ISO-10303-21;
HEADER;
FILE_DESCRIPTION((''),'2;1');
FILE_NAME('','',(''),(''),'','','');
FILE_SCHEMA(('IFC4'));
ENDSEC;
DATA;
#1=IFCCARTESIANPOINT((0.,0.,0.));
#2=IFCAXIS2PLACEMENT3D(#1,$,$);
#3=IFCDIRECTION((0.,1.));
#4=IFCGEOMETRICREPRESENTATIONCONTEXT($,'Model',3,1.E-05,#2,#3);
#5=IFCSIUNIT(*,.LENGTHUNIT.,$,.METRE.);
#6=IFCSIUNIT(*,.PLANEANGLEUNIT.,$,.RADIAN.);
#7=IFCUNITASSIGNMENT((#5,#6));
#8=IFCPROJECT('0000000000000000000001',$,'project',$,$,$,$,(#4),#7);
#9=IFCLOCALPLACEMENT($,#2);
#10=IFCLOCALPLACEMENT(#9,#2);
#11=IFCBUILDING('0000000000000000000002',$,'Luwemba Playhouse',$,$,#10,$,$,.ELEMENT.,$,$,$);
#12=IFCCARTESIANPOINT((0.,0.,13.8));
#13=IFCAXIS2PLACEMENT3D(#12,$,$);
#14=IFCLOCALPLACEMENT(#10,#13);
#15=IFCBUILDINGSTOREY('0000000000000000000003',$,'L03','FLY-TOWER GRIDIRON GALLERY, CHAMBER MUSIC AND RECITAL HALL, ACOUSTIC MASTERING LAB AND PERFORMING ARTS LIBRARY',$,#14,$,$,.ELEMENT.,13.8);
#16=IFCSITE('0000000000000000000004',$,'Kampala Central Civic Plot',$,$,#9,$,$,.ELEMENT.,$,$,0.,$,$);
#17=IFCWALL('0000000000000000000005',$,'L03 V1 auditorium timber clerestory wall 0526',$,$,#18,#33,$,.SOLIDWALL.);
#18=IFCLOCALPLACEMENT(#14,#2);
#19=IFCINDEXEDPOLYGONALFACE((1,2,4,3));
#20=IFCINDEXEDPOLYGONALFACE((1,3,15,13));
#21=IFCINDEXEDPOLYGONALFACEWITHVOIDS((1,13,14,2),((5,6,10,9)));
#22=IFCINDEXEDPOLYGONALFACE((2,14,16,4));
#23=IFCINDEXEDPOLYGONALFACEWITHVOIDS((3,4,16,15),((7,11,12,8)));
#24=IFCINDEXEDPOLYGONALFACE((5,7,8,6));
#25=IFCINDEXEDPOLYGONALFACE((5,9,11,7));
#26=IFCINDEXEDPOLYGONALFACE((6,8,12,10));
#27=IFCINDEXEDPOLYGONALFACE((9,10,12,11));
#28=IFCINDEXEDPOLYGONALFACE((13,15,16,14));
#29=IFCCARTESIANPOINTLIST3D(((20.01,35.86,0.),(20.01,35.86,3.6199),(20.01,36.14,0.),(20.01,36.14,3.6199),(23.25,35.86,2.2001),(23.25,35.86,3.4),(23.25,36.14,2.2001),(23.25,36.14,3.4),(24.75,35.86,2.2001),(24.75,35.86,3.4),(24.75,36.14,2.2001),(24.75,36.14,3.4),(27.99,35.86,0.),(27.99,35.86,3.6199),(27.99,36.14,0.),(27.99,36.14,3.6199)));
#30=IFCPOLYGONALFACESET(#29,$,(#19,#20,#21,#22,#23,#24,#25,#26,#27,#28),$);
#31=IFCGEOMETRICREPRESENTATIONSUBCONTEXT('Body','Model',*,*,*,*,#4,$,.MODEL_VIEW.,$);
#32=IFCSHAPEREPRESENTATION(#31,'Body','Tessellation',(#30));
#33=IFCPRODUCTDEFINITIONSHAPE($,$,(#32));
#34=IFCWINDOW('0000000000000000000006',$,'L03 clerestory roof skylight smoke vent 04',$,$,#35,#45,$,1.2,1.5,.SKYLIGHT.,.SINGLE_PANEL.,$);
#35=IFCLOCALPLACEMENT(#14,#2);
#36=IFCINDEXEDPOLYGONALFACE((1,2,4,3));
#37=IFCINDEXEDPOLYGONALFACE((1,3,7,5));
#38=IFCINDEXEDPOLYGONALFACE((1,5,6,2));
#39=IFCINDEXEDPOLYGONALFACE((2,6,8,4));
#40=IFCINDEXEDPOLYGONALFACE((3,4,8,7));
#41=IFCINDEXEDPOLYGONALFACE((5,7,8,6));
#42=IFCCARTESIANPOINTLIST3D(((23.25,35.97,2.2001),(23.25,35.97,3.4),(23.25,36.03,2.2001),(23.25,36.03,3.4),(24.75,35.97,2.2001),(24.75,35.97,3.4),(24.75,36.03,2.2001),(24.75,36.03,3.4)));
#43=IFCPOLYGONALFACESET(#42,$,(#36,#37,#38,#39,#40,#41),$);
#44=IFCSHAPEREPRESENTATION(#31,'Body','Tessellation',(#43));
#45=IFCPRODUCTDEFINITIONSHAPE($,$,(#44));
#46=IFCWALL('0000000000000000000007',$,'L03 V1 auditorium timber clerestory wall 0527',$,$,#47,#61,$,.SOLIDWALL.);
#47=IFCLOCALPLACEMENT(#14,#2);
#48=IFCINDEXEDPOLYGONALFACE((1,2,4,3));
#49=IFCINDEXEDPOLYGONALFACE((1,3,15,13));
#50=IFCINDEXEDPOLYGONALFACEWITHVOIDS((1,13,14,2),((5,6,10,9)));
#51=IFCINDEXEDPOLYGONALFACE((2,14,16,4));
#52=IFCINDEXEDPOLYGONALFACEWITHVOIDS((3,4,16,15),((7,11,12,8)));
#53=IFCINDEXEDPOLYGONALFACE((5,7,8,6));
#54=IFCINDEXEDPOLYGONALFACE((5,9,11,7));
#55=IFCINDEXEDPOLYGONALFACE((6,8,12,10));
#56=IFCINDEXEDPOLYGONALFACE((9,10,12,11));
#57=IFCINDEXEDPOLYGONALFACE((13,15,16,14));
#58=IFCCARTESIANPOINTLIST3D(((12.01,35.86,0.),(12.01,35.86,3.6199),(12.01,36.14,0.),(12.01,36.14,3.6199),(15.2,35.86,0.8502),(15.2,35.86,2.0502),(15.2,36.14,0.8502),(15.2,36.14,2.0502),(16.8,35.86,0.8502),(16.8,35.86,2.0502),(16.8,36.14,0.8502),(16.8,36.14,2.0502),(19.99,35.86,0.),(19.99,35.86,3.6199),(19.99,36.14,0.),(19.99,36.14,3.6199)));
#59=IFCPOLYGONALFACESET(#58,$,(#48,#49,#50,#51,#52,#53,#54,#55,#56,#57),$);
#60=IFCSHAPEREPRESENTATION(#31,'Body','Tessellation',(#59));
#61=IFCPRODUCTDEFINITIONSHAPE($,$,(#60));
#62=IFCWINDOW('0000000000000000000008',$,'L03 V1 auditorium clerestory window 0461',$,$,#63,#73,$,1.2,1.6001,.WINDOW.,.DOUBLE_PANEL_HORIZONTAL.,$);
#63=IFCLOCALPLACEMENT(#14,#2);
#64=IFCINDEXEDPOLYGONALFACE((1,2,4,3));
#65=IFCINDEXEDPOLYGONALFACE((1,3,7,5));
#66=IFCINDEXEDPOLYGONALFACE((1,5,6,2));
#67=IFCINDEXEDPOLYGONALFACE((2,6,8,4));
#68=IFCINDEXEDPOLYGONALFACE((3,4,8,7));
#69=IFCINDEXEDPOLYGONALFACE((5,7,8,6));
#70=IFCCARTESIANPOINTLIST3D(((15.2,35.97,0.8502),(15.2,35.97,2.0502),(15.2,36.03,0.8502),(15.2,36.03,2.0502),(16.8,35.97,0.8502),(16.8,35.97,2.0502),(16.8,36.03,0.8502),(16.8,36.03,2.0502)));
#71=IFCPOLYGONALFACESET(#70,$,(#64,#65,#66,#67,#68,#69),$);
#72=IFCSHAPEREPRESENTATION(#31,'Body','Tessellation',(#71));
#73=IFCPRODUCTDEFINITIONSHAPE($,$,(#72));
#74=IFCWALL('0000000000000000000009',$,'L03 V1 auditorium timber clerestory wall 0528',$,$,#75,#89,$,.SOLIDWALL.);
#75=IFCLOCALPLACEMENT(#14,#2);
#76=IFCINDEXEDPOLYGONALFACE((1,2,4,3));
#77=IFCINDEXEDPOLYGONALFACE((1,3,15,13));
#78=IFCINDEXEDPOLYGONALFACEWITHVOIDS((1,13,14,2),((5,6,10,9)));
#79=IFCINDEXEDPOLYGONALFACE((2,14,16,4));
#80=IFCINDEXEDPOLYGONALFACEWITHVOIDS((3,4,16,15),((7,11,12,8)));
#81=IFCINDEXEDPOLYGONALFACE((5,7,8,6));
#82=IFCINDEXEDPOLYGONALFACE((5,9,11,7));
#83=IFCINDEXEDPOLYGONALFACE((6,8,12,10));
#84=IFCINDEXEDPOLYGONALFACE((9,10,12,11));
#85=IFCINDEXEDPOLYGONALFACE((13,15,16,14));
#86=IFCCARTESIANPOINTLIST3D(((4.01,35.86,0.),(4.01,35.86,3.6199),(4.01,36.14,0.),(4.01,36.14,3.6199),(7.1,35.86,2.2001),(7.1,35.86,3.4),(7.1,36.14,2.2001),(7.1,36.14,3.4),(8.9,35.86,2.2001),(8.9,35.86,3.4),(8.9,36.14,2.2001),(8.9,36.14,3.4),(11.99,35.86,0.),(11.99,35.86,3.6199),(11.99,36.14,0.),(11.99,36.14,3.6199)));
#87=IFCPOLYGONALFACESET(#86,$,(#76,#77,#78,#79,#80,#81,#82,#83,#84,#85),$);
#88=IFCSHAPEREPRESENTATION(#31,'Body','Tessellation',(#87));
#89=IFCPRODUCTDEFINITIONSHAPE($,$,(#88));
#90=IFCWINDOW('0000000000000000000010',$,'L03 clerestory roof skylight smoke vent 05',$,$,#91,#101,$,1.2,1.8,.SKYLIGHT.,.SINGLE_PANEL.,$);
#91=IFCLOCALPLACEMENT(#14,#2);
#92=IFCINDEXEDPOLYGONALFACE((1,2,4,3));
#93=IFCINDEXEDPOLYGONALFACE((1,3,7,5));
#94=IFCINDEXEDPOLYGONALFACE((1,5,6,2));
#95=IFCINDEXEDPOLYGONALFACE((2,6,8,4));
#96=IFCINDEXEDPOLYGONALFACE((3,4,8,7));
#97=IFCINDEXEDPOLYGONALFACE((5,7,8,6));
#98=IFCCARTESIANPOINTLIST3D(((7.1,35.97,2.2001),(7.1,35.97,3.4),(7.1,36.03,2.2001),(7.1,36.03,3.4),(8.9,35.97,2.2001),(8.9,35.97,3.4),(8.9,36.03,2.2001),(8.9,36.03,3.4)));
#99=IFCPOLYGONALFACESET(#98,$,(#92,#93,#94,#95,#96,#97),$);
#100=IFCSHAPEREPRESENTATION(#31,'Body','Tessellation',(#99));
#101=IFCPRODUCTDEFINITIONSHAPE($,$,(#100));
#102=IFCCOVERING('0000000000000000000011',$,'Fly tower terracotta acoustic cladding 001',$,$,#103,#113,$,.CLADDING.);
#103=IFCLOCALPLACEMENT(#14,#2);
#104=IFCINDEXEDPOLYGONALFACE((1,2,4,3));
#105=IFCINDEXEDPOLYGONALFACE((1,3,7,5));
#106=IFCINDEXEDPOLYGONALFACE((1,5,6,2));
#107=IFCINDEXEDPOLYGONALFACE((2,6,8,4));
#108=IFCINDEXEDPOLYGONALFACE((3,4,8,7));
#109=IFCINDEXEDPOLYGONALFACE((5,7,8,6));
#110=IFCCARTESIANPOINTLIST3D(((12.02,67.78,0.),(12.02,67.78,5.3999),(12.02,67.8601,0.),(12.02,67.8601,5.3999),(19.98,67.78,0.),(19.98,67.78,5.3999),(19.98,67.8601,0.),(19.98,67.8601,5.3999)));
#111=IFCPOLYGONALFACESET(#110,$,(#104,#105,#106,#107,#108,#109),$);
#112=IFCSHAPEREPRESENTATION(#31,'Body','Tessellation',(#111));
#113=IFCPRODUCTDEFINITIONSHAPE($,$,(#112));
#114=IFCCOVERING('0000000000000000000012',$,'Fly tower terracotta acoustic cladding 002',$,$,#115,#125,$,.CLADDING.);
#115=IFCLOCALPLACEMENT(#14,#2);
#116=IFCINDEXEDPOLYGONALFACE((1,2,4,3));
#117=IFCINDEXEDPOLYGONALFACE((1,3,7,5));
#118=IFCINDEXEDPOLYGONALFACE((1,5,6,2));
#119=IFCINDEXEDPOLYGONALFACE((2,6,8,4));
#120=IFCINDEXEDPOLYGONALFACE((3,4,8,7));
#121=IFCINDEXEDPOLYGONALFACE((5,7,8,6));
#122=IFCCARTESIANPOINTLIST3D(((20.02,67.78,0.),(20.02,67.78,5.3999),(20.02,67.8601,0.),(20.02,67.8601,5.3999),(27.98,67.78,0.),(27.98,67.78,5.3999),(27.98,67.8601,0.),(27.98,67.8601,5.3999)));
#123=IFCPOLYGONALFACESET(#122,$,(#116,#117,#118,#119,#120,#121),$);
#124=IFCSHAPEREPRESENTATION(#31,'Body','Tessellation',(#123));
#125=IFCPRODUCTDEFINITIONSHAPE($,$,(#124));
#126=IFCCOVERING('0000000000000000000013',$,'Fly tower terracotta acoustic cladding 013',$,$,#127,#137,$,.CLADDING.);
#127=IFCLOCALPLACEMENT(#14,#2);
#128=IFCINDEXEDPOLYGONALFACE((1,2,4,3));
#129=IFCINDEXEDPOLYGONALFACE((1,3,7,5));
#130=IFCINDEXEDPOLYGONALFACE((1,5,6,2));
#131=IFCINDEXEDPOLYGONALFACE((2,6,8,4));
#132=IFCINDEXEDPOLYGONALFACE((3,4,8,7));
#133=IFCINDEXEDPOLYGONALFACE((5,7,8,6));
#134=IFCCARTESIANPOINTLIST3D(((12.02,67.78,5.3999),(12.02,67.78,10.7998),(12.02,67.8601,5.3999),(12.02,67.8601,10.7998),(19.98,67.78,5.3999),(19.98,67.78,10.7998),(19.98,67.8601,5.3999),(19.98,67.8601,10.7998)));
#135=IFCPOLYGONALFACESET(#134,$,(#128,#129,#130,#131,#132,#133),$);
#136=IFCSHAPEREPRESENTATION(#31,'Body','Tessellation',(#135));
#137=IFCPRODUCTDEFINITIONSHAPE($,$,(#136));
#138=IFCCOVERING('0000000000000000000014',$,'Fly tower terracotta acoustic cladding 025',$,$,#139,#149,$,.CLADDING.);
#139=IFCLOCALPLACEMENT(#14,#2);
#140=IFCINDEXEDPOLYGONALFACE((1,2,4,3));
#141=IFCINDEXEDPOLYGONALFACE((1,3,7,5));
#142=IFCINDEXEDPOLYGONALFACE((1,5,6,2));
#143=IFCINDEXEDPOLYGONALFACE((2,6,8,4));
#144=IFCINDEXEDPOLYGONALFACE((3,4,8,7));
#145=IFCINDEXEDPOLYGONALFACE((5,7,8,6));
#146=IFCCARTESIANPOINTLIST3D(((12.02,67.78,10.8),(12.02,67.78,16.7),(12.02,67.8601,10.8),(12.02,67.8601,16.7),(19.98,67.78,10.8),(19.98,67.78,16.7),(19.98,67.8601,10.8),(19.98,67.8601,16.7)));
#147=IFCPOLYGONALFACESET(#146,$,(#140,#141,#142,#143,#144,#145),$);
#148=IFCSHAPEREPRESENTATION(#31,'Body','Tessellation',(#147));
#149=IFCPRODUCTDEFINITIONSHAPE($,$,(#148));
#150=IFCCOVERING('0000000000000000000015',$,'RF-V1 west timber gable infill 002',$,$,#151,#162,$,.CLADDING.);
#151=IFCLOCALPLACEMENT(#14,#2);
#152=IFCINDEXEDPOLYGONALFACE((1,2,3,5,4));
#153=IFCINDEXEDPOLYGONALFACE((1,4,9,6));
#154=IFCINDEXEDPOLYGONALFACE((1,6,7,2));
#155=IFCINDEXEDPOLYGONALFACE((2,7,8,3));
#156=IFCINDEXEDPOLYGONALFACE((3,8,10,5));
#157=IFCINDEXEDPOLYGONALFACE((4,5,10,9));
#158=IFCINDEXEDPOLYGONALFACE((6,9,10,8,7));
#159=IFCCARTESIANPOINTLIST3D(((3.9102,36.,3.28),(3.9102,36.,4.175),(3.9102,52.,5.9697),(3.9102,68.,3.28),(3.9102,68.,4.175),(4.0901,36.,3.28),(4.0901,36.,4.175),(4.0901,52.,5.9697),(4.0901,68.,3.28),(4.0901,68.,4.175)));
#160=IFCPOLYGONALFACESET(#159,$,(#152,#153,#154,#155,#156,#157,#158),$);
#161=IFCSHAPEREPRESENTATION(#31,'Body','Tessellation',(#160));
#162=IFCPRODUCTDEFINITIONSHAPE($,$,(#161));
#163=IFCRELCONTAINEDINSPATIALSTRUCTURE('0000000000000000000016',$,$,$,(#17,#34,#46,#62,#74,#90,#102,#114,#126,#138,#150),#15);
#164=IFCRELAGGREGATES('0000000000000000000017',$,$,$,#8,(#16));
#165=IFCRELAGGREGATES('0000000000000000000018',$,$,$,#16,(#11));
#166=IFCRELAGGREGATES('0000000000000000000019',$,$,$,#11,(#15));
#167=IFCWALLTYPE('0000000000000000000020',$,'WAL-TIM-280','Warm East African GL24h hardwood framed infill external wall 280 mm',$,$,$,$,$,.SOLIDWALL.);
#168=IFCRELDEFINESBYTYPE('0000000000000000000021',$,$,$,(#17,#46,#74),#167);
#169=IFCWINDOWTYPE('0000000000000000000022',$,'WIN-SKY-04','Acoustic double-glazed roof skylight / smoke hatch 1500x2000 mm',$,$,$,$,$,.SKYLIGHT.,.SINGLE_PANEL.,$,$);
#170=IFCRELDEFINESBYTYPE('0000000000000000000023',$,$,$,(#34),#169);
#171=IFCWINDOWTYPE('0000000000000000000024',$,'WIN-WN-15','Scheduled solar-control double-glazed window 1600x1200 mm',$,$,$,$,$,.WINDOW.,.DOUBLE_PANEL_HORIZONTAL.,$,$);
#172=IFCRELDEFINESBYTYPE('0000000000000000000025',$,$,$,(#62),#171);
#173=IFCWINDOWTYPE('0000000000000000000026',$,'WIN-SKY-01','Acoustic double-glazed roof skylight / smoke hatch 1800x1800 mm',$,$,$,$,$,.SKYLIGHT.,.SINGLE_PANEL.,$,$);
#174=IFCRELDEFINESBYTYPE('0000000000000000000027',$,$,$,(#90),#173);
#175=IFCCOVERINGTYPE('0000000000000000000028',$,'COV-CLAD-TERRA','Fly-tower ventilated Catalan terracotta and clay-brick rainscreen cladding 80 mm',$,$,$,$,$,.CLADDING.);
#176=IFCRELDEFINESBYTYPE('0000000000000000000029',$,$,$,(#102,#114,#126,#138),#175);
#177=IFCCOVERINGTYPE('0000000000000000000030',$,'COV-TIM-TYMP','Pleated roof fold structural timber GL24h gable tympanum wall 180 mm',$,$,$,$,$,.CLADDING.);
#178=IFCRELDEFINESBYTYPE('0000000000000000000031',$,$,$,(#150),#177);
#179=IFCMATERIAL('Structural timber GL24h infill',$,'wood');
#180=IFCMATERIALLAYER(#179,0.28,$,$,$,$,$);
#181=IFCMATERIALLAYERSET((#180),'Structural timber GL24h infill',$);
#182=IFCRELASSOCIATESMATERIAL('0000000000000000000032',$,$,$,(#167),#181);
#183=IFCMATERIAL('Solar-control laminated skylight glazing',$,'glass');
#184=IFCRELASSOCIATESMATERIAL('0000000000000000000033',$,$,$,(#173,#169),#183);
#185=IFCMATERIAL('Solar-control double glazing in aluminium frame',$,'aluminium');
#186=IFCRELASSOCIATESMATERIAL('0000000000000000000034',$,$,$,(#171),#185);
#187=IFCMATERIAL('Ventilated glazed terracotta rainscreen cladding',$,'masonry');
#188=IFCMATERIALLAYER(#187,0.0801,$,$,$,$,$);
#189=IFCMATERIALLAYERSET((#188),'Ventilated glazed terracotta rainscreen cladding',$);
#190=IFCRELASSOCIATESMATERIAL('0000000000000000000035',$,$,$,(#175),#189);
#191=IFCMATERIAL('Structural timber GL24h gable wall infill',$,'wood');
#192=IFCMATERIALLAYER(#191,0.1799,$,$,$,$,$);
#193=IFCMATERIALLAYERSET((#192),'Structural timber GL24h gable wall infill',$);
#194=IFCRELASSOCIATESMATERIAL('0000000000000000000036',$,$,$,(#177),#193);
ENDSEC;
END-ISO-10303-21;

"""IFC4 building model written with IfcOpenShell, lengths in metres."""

from ifc_helpers import new_model, si_unit, direction, frame, frame_2d, origin, origin_2d, place, context, subcontext, project, spatial, polyline, rectangle, outline, extrude, material, layer, layer_set, type_object, element, fill, save


model = new_model("IFC4")

# Units and contexts
model_context = context("Model", 3, precision=1e-05, world=origin(), true_north=direction((0.0, 1.0)))
body_context = subcontext(model_context, "Body", "Model", "MODEL_VIEW")
ifc_project = project(units=[si_unit("LENGTHUNIT", "METRE"), si_unit("PLANEANGLEUNIT", "RADIAN")], contexts=[model_context])

# Site, building, storey
site_placement = place(None, origin())
site = spatial("IfcSite", under=ifc_project, at=site_placement, Name="Kampala Central Civic Plot", CompositionType="ELEMENT", RefElevation=0.0)
building_placement = place(site_placement, origin())
building = spatial("IfcBuilding", under=site, at=building_placement, Name="Luwemba Playhouse", CompositionType="ELEMENT")
storey_placement = place(building_placement, frame((0.0, 0.0, 13.8)))
storey = spatial("IfcBuildingStorey", under=building, at=storey_placement, Name="L03", Description="FLY-TOWER GRIDIRON GALLERY, CHAMBER MUSIC AND RECITAL HALL, ACOUSTIC MASTERING LAB AND PERFORMING ARTS LIBRARY", CompositionType="ELEMENT", Elevation=13.8)

# Walls, openings, windows
ifc_material_1 = material(Name="Structural timber GL24h infill", Category="wood")
ifc_layer_1 = layer(ifc_material_1, 0.28)
ifc_layer_set_1 = layer_set([ifc_layer_1], Name="Structural timber GL24h infill")
wall_type = type_object("IfcWallType", Name="WAL-TIM-280", Description="Warm East African GL24h hardwood framed infill external wall 280 mm", PredefinedType="SOLIDWALL", material=ifc_layer_set_1)
ifc_material_2 = material(Name="Solar-control laminated skylight glazing", Category="glass")
window_type_1 = type_object("IfcWindowType", Name="WIN-SKY-01", Description="Acoustic double-glazed roof skylight / smoke hatch 1800x1800 mm", PartitioningType="SINGLE_PANEL", PredefinedType="SKYLIGHT", material=ifc_material_2)
ifc_material_3 = material(Name="Solar-control double glazing in aluminium frame", Category="aluminium")
window_type_2 = type_object("IfcWindowType", Name="WIN-WN-15", Description="Scheduled solar-control double-glazed window 1600x1200 mm", PartitioningType="DOUBLE_PANEL_HORIZONTAL", PredefinedType="WINDOW", material=ifc_material_3)
wall_1_placement = place(storey_placement, frame((27.99, 36.0, 0.0), z_axis=(0.0, 0.0, 1.0), x_axis=(-1.0, 0.0, 0.0)))
wall_1 = element("IfcWall", 1, at=wall_1_placement, inside=storey, type_object=wall_type, Name="L03 V1 auditorium timber clerestory wall 0526", PredefinedType="SOLIDWALL", context=body_context, shape_type="SweptSolid", body=[
    extrude(rectangle(XDim=7.98, YDim=0.28, at=frame_2d((3.99, 0.0))), origin(), (0.0, 0.0, 1.0), 3.6199),
])
opening_1_placement = place(wall_1_placement, frame((3.24, 0.0, 2.2)))
opening_1 = element("IfcOpeningElement", 2, at=opening_1_placement, cuts=wall_1, PredefinedType="OPENING", context=body_context, shape_type="SweptSolid", body=[
    extrude(rectangle(XDim=1.5, YDim=1.2, at=frame_2d((0.75, 0.6001))), frame((0.0, 0.1499, 0.0), z_axis=(0.0, -1.0, 0.0), x_axis=(1.0, 0.0, 0.0)), (0.0, 0.0, 1.0), 0.3),
])
window_type_3 = type_object("IfcWindowType", Name="WIN-SKY-04", Description="Acoustic double-glazed roof skylight / smoke hatch 1500x2000 mm", PartitioningType="SINGLE_PANEL", PredefinedType="SKYLIGHT", material=ifc_material_2)
window_1_placement = place(opening_1_placement, origin())
window_1 = element("IfcWindow", 3, at=window_1_placement, inside=storey, type_object=window_type_3, Name="L03 clerestory roof skylight smoke vent 04", OverallHeight=1.2, OverallWidth=1.5, PartitioningType="SINGLE_PANEL", PredefinedType="SKYLIGHT", context=body_context, shape_type="SweptSolid", body=[
    extrude(rectangle(XDim=1.5, YDim=1.2, at=frame_2d((0.75, 0.6001))), frame((0.0, 0.03, 0.0), z_axis=(0.0, -1.0, 0.0), x_axis=(1.0, 0.0, 0.0)), (0.0, 0.0, 1.0), 0.0601),
])
fill(opening_1, window_1)
wall_2_placement = place(storey_placement, frame((19.99, 36.0, 0.0), z_axis=(0.0, 0.0, 1.0), x_axis=(-1.0, 0.0, 0.0)))
wall_2 = element("IfcWall", 4, at=wall_2_placement, inside=storey, type_object=wall_type, Name="L03 V1 auditorium timber clerestory wall 0527", PredefinedType="SOLIDWALL", context=body_context, shape_type="SweptSolid", body=[
    extrude(rectangle(XDim=7.98, YDim=0.28, at=frame_2d((3.99, 0.0))), origin(), (0.0, 0.0, 1.0), 3.6199),
])
opening_2_placement = place(wall_2_placement, frame((3.1899, 0.0, 0.8501)))
opening_2 = element("IfcOpeningElement", 5, at=opening_2_placement, cuts=wall_2, PredefinedType="OPENING", context=body_context, shape_type="SweptSolid", body=[
    extrude(rectangle(XDim=1.6001, YDim=1.2, at=frame_2d((0.8, 0.6001))), frame((0.0, 0.1499, 0.0), z_axis=(0.0, -1.0, 0.0), x_axis=(1.0, 0.0, 0.0)), (0.0, 0.0, 1.0), 0.3),
])
window_2_placement = place(opening_2_placement, origin())
window_2 = element("IfcWindow", 6, at=window_2_placement, inside=storey, type_object=window_type_2, Name="L03 V1 auditorium clerestory window 0461", OverallHeight=1.2, OverallWidth=1.6001, PartitioningType="DOUBLE_PANEL_HORIZONTAL", PredefinedType="WINDOW", context=body_context, shape_type="SweptSolid", body=[
    extrude(rectangle(XDim=1.6001, YDim=1.2, at=frame_2d((0.8, 0.6001))), frame((0.0, 0.03, 0.0), z_axis=(0.0, -1.0, 0.0), x_axis=(1.0, 0.0, 0.0)), (0.0, 0.0, 1.0), 0.0601),
])
fill(opening_2, window_2)
wall_3_placement = place(storey_placement, frame((11.99, 36.0, 0.0), z_axis=(0.0, 0.0, 1.0), x_axis=(-1.0, 0.0, 0.0)))
wall_3 = element("IfcWall", 7, at=wall_3_placement, inside=storey, type_object=wall_type, Name="L03 V1 auditorium timber clerestory wall 0528", PredefinedType="SOLIDWALL", context=body_context, shape_type="SweptSolid", body=[
    extrude(rectangle(XDim=7.98, YDim=0.28, at=frame_2d((3.99, 0.0))), origin(), (0.0, 0.0, 1.0), 3.6199),
])
opening_3_placement = place(wall_3_placement, frame((3.0901, 0.0, 2.2)))
opening_3 = element("IfcOpeningElement", 8, at=opening_3_placement, cuts=wall_3, PredefinedType="OPENING", context=body_context, shape_type="SweptSolid", body=[
    extrude(rectangle(XDim=1.8, YDim=1.2, at=frame_2d((0.8999, 0.6001))), frame((0.0, 0.1499, 0.0), z_axis=(0.0, -1.0, 0.0), x_axis=(1.0, 0.0, 0.0)), (0.0, 0.0, 1.0), 0.3),
])
window_3_placement = place(opening_3_placement, origin())
window_3 = element("IfcWindow", 9, at=window_3_placement, inside=storey, type_object=window_type_1, Name="L03 clerestory roof skylight smoke vent 05", OverallHeight=1.2, OverallWidth=1.8, PartitioningType="SINGLE_PANEL", PredefinedType="SKYLIGHT", context=body_context, shape_type="SweptSolid", body=[
    extrude(rectangle(XDim=1.8, YDim=1.2, at=frame_2d((0.8999, 0.6001))), frame((0.0, 0.03, 0.0), z_axis=(0.0, -1.0, 0.0), x_axis=(1.0, 0.0, 0.0)), (0.0, 0.0, 1.0), 0.0601),
])
fill(opening_3, window_3)

# Coverings
ifc_material_4 = material(Name="Ventilated glazed terracotta rainscreen cladding", Category="masonry")
ifc_layer_2 = layer(ifc_material_4, 0.0801)
ifc_layer_set_2 = layer_set([ifc_layer_2], Name="Ventilated glazed terracotta rainscreen cladding")
covering_type_1 = type_object("IfcCoveringType", Name="COV-CLAD-TERRA", Description="Fly-tower ventilated Catalan terracotta and clay-brick rainscreen cladding 80 mm", PredefinedType="CLADDING", material=ifc_layer_set_2)
for number, where, z_axis, x_axis, name in (
    (10, (16.0, 67.8201, 0.0), (0.0, 0.0, 1.0), (1.0, 0.0, 0.0), "Fly tower terracotta acoustic cladding 001"),
    (11, (24.0, 67.8201, 0.0), (0.0, 0.0, 1.0), (1.0, 0.0, 0.0), "Fly tower terracotta acoustic cladding 002"),
    (12, (16.0, 67.8201, 5.3999), (0.0, 0.0, 1.0), (1.0, 0.0, 0.0), "Fly tower terracotta acoustic cladding 013"),
):
    element("IfcCovering", number, at=place(storey_placement, frame(where, z_axis=z_axis, x_axis=x_axis)), inside=storey, type_object=covering_type_1, Name=name, PredefinedType="CLADDING", context=body_context, shape_type="SweptSolid", body=[
        extrude(rectangle(XDim=7.96, YDim=0.0801, at=origin_2d()), origin(), (0.0, 0.0, 1.0), 5.3999),
    ])
covering_1_placement = place(storey_placement, frame((16.0, 67.8201, 10.8), z_axis=(0.0, 0.0, 1.0), x_axis=(1.0, 0.0, 0.0)))
element("IfcCovering", 13, at=covering_1_placement, inside=storey, type_object=covering_type_1, Name="Fly tower terracotta acoustic cladding 025", PredefinedType="CLADDING", context=body_context, shape_type="SweptSolid", body=[
    extrude(rectangle(XDim=7.96, YDim=0.0801, at=origin_2d()), origin(), (0.0, 0.0, 1.0), 5.8999),
])
ifc_material_5 = material(Name="Structural timber GL24h gable wall infill", Category="wood")
ifc_layer_3 = layer(ifc_material_5, 0.1799)
ifc_layer_set_3 = layer_set([ifc_layer_3], Name="Structural timber GL24h gable wall infill")
covering_type_2 = type_object("IfcCoveringType", Name="COV-TIM-TYMP", Description="Pleated roof fold structural timber GL24h gable tympanum wall 180 mm", PredefinedType="CLADDING", material=ifc_layer_set_3)
covering_2_placement = place(storey_placement, frame((4.0, 36.0, 3.28), z_axis=(0.0, 0.0, 1.0), x_axis=(0.0, 1.0, 0.0)))
element("IfcCovering", 14, at=covering_2_placement, inside=storey, type_object=covering_type_2, Name="RF-V1 west timber gable infill 002", PredefinedType="CLADDING", context=body_context, shape_type="SweptSolid", body=[
    extrude(outline(polyline([(0.0, 0.0), (32.0, 0.0), (32.0, 0.895), (16.0, 2.6897), (0.0, 0.895), (0.0, 0.0)])), frame((0.0, 0.0898, 0.0), z_axis=(0.0, -1.0, 0.0), x_axis=(1.0, 0.0, 0.0)), (0.0, 0.0, 1.0), 0.1799),
])

save(model, "model.ifc")
